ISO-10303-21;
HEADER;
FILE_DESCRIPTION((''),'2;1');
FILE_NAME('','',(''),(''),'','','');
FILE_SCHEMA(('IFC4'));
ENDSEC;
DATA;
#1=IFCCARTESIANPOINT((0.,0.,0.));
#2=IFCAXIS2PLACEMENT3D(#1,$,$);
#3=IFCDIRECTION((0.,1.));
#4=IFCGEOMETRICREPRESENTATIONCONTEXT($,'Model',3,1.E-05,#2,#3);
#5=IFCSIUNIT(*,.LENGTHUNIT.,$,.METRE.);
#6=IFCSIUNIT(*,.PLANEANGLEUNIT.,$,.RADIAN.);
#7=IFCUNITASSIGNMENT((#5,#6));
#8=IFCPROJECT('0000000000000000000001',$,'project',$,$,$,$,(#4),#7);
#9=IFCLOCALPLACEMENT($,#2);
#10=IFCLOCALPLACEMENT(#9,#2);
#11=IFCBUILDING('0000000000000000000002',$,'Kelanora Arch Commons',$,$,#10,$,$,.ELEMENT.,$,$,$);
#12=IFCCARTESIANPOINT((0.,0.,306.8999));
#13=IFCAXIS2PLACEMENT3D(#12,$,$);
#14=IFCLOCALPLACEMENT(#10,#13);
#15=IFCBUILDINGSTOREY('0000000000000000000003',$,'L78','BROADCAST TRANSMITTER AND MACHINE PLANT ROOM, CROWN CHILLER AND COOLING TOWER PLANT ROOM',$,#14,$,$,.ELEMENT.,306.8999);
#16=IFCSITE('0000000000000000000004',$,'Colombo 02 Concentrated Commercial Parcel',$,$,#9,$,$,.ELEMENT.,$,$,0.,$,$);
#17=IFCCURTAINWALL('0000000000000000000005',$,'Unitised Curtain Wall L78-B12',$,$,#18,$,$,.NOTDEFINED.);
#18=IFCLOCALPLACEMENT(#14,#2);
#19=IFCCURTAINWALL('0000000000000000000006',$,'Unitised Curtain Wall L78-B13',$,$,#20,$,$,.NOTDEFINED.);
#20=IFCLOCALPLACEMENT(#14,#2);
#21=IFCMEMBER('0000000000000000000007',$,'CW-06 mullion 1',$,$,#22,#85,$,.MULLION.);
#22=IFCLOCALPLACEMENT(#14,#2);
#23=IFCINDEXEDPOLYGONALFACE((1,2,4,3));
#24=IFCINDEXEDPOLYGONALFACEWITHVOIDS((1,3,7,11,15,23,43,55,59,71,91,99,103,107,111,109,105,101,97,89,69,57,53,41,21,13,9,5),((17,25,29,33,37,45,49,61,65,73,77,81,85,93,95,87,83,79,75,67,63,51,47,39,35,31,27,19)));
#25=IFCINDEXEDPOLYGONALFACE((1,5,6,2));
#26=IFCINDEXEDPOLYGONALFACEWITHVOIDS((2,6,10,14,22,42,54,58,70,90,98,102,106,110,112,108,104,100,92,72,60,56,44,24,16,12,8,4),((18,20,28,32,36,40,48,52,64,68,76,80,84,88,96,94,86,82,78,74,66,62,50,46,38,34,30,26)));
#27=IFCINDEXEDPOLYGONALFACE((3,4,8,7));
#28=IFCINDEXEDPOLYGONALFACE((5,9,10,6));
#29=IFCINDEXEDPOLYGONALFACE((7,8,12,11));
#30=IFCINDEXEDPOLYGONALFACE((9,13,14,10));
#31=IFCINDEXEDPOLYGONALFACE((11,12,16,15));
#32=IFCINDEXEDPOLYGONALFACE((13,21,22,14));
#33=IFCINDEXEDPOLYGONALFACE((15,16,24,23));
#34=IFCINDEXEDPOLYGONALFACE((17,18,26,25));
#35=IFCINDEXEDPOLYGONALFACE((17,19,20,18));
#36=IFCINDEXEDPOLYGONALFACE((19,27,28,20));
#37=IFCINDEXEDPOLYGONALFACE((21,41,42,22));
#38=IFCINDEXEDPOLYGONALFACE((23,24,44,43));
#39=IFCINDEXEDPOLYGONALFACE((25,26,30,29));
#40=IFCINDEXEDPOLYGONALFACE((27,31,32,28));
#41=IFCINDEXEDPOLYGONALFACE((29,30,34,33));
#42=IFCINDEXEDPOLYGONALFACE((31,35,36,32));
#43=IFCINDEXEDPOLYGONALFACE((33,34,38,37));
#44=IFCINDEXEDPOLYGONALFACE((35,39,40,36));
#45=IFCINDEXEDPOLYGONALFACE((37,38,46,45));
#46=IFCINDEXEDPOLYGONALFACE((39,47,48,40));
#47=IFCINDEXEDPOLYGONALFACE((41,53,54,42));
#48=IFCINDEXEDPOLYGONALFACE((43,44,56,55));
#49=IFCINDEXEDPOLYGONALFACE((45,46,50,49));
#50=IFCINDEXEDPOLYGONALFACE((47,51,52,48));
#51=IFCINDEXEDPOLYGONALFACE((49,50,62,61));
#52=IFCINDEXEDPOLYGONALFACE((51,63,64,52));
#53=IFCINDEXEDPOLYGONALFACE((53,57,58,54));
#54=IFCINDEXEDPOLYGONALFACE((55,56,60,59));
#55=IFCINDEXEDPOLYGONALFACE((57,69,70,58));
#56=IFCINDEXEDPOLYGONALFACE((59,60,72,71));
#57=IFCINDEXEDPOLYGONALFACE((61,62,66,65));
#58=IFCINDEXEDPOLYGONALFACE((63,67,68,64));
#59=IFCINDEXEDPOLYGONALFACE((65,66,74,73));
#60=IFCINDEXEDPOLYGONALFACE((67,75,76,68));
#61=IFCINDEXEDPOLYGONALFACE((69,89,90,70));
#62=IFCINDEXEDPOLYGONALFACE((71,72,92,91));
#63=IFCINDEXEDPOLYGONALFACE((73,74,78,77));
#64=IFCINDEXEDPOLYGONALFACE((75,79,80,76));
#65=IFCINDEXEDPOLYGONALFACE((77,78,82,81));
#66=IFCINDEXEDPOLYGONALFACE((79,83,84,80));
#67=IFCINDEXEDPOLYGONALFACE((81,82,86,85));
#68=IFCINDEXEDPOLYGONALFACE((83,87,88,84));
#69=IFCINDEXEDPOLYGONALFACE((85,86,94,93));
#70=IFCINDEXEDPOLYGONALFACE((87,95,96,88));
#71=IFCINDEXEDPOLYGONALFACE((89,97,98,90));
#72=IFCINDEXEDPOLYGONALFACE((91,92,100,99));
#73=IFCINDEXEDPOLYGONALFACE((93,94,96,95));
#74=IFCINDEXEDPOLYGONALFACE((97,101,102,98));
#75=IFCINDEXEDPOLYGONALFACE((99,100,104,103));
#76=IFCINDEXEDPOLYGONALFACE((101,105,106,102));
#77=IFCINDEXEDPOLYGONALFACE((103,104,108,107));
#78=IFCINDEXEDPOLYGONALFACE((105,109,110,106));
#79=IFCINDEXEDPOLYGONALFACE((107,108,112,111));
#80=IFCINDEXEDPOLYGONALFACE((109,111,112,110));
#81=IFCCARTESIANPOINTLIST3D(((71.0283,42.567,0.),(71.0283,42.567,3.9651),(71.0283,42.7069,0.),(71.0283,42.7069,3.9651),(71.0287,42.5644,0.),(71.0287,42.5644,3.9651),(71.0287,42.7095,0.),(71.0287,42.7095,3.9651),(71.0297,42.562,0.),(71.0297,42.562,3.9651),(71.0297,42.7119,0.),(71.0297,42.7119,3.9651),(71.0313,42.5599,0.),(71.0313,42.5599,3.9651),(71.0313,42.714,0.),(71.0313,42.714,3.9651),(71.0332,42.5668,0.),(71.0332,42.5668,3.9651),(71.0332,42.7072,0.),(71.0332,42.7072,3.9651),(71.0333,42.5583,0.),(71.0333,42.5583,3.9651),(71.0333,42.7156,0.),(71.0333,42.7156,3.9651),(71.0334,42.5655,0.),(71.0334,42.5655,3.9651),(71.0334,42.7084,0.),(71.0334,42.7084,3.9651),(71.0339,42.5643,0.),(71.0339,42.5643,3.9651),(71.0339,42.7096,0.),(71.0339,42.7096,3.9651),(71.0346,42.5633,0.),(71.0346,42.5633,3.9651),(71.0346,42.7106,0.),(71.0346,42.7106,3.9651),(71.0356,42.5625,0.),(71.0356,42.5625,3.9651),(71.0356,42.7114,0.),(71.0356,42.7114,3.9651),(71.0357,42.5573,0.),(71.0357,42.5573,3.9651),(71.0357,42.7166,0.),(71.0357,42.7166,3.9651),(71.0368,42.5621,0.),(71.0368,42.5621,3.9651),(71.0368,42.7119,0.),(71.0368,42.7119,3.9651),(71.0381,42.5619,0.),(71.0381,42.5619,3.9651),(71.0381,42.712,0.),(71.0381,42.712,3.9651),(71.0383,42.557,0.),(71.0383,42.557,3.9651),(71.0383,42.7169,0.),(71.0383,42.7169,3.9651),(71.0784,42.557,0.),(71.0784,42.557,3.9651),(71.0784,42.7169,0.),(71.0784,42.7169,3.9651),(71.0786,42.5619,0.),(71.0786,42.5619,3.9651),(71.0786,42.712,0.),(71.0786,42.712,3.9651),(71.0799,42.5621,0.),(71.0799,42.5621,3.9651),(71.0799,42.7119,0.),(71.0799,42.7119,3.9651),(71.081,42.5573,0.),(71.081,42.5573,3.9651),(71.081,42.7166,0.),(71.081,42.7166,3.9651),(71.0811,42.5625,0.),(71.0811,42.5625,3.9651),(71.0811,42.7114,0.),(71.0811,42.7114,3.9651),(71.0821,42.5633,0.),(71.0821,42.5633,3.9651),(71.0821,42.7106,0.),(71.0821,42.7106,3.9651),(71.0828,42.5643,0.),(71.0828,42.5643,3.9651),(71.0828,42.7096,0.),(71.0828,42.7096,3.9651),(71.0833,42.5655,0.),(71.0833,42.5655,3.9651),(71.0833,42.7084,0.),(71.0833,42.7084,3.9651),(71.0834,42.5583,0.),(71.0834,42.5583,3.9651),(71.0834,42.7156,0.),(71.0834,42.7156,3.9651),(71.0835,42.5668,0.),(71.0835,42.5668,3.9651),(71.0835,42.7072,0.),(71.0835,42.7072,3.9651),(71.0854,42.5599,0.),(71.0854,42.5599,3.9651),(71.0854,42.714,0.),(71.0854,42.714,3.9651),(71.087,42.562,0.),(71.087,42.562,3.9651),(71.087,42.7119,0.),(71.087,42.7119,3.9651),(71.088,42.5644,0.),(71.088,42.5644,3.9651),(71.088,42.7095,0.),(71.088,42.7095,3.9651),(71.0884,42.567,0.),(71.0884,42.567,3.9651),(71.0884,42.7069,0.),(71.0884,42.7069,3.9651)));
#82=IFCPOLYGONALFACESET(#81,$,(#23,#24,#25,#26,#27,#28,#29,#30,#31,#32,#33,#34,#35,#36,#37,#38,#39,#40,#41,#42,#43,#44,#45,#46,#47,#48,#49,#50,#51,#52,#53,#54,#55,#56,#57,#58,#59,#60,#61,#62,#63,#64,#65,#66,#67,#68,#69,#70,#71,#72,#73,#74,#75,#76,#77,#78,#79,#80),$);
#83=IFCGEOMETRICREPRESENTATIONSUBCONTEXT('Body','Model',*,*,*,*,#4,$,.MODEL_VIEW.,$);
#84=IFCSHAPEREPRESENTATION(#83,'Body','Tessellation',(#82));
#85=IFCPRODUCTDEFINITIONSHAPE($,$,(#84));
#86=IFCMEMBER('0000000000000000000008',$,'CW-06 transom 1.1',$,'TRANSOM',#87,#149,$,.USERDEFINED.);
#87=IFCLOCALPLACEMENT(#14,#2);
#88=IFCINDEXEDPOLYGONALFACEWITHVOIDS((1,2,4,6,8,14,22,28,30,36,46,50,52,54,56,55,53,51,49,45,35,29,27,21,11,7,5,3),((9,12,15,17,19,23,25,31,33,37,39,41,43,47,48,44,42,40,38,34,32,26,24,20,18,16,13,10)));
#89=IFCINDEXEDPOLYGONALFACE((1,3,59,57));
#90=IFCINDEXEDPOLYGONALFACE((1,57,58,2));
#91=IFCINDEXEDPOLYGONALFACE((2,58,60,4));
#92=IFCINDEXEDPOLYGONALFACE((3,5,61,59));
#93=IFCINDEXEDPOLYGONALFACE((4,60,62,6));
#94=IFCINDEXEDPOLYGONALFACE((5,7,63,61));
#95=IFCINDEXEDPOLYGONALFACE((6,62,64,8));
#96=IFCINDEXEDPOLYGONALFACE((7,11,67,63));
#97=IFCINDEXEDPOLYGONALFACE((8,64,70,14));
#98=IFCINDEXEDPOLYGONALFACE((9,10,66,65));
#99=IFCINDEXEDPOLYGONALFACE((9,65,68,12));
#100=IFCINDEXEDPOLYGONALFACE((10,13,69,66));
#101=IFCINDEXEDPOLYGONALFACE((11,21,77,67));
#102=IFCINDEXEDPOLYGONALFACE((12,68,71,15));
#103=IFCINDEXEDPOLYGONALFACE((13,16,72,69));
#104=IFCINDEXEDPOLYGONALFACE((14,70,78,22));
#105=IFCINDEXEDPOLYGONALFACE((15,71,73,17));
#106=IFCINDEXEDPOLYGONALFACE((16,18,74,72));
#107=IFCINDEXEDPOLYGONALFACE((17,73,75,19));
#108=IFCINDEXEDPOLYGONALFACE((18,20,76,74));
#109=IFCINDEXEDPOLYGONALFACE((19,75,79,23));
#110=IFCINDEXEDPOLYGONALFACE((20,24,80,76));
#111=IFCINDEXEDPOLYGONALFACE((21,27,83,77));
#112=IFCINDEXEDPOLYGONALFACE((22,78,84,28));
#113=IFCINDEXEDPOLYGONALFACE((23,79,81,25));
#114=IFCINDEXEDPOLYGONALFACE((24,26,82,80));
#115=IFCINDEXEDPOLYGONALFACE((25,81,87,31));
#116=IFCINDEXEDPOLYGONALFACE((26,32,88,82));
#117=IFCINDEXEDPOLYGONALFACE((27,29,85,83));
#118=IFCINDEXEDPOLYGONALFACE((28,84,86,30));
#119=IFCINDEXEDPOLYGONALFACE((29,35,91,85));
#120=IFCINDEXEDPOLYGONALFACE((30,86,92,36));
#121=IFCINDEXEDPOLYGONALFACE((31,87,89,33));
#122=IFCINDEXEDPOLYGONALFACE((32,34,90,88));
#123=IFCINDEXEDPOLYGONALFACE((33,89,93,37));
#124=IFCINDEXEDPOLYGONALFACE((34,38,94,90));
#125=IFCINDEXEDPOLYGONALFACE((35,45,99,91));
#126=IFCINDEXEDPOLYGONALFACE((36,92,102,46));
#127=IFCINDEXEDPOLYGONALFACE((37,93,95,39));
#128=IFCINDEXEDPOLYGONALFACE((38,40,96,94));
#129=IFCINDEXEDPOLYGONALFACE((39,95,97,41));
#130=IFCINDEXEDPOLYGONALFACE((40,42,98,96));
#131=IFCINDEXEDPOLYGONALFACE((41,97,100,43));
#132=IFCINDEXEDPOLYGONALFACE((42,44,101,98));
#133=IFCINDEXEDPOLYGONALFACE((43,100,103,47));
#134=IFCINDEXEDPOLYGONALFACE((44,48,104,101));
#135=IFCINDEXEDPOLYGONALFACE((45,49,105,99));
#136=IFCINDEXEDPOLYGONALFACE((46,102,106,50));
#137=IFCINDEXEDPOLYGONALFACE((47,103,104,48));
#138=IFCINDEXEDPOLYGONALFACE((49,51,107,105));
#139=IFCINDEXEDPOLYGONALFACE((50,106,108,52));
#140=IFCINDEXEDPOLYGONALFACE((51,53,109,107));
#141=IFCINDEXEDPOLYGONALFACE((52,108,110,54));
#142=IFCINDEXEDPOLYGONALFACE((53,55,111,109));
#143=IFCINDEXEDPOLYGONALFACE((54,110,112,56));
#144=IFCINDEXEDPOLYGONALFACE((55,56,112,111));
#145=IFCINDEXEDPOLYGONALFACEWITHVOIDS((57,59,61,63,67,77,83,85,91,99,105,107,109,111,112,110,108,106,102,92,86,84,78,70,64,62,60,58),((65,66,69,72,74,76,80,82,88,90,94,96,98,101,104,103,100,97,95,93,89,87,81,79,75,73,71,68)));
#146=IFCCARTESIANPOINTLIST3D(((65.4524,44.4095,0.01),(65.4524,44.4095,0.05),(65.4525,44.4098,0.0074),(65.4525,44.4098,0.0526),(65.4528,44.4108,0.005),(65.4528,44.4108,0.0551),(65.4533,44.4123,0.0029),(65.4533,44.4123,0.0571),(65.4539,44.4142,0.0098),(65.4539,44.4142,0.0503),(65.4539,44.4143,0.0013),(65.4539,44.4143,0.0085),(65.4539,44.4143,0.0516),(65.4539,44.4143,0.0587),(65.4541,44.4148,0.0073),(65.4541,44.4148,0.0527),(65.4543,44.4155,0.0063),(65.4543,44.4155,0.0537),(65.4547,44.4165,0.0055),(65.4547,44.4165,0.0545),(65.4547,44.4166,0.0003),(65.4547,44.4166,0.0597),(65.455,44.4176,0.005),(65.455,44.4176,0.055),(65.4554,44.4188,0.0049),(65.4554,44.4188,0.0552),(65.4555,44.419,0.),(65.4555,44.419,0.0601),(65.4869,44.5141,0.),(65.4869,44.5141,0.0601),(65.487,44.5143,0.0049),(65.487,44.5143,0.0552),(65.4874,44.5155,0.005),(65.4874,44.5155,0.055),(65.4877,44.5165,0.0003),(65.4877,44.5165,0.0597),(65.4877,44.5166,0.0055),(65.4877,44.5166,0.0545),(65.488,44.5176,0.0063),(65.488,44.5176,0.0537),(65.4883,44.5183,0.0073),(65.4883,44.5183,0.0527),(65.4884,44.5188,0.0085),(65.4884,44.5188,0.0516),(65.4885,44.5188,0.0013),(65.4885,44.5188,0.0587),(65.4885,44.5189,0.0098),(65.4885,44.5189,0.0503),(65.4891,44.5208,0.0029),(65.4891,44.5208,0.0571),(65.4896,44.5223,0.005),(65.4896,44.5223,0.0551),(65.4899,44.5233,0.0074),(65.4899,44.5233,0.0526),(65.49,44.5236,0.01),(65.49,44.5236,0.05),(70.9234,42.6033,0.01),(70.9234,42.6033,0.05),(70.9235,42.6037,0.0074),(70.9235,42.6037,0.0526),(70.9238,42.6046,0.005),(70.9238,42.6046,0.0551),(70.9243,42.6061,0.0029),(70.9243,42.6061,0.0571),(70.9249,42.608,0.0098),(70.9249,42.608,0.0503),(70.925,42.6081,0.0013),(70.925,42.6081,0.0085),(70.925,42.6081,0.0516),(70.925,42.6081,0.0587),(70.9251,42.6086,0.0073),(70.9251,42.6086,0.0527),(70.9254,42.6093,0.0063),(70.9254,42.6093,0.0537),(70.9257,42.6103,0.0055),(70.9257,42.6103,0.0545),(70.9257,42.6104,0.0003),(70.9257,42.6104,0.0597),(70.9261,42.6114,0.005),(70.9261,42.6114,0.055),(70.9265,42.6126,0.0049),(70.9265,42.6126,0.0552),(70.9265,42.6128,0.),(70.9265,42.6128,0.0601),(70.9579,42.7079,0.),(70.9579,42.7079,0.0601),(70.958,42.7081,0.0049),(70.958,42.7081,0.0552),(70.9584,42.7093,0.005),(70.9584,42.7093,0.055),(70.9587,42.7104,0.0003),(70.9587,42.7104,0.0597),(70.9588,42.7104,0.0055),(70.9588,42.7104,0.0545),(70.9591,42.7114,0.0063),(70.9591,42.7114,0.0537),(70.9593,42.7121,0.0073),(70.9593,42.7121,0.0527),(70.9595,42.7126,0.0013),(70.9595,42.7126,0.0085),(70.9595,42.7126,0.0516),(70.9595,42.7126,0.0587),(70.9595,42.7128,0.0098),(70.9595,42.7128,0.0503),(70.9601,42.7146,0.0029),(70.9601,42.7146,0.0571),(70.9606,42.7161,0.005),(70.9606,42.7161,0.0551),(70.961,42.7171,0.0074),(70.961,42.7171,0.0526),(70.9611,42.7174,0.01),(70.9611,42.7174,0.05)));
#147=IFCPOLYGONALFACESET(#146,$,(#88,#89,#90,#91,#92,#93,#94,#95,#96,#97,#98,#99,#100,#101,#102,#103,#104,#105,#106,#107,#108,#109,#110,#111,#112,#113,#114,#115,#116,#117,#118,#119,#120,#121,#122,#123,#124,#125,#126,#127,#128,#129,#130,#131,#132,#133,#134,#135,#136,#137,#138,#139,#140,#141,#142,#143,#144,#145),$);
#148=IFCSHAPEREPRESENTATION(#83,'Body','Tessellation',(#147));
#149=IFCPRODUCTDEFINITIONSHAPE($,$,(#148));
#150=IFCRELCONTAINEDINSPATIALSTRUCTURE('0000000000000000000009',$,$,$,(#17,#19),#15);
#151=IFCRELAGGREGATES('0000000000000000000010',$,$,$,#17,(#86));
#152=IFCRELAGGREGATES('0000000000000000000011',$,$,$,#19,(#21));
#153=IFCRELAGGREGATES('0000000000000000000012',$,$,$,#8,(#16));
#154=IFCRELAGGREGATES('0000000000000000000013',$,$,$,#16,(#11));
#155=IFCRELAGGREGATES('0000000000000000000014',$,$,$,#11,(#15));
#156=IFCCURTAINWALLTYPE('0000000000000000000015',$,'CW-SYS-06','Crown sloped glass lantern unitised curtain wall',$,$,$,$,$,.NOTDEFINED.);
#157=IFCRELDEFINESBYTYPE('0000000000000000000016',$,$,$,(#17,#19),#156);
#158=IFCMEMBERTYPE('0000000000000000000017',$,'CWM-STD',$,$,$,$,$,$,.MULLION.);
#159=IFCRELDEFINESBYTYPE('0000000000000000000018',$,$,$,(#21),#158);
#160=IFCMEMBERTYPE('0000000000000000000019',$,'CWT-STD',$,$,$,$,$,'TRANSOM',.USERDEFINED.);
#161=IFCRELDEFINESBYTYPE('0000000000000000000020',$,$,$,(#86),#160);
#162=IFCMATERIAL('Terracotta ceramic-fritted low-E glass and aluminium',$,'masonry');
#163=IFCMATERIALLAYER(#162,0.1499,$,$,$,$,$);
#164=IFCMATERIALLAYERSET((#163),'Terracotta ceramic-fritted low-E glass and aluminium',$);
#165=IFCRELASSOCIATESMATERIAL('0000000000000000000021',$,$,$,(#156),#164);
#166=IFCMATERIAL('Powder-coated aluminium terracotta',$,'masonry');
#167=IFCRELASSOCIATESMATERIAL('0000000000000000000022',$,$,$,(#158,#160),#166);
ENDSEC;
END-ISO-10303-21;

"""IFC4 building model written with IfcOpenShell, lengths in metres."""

from ifc_helpers import new_model, si_unit, direction, frame, origin, origin_2d, place, context, subcontext, project, spatial, hollow_rectangle, extrude, material, layer, layer_set, material_profile, profile_set, type_object, element, aggregate, save


model = new_model("IFC4")

# Units and contexts
model_context = context("Model", 3, precision=1e-05, world=origin(), true_north=direction((0.0, 1.0)))
body_context = subcontext(model_context, "Body", "Model", "MODEL_VIEW")
ifc_project = project(units=[si_unit("LENGTHUNIT", "METRE"), si_unit("PLANEANGLEUNIT", "RADIAN")], contexts=[model_context])

# Site, building, storey
site_placement = place(None, origin())
site = spatial("IfcSite", under=ifc_project, at=site_placement, Name="Colombo 02 Concentrated Commercial Parcel", CompositionType="ELEMENT", RefElevation=0.0)
building_placement = place(site_placement, origin())
building = spatial("IfcBuilding", under=site, at=building_placement, Name="Kelanora Arch Commons", CompositionType="ELEMENT")
storey_placement = place(building_placement, frame((0.0, 0.0, 306.8999)))
storey = spatial("IfcBuildingStorey", under=building, at=storey_placement, Name="L78", Description="BROADCAST TRANSMITTER AND MACHINE PLANT ROOM, CROWN CHILLER AND COOLING TOWER PLANT ROOM", CompositionType="ELEMENT", Elevation=306.8999)

# Curtain wall
ifc_material_1 = material(Name="Terracotta ceramic-fritted low-E glass and aluminium", Category="masonry")
ifc_layer_1 = layer(ifc_material_1, 0.1499)
ifc_layer_set_1 = layer_set([ifc_layer_1], Name="Terracotta ceramic-fritted low-E glass and aluminium")
curtain_wall_type = type_object("IfcCurtainWallType", Name="CW-SYS-06", Description="Crown sloped glass lantern unitised curtain wall", PredefinedType="NOTDEFINED", material=ifc_layer_set_1)
curtain_wall_1_placement = place(storey_placement, origin())
curtain_wall_1 = element("IfcCurtainWall", 1, at=curtain_wall_1_placement, inside=storey, type_object=curtain_wall_type, Name="Unitised Curtain Wall L78-B12", PredefinedType="NOTDEFINED")
ifc_material_2 = material(Name="Powder-coated aluminium terracotta", Category="masonry")
ifc_material_profile_1 = material_profile(ifc_material_2, hollow_rectangle(XDim=0.1599, YDim=0.0601, WallThickness=0.0049, InnerFilletRadius=0.0049, OuterFilletRadius=0.01, at=origin_2d()), Name="CWM160x60")
ifc_profile_set_1 = profile_set([ifc_material_profile_1], Name="Powder-coated aluminium terracotta")
member_type_1 = type_object("IfcMemberType", Name="CWM-STD", PredefinedType="MULLION", material=ifc_profile_set_1)

# Curtain wall, member
curtain_wall_2_placement = place(storey_placement, origin())
curtain_wall_2 = element("IfcCurtainWall", 2, at=curtain_wall_2_placement, inside=storey, type_object=curtain_wall_type, Name="Unitised Curtain Wall L78-B13", PredefinedType="NOTDEFINED")
member_1_placement = place(storey_placement, frame((71.0583, 42.637, 0.0), z_axis=(0.0, 0.0, 1.0), x_axis=(0.0, 1.0, 0.0)))
member_1 = element("IfcMember", 3, at=member_1_placement, type_object=member_type_1, Name="CW-06 mullion 1", PredefinedType="MULLION", context=body_context, shape_type="SweptSolid", body=[
    extrude(hollow_rectangle(XDim=0.1599, YDim=0.0601, WallThickness=0.0049, InnerFilletRadius=0.0049, OuterFilletRadius=0.01, at=origin_2d()), origin(), (0.0, 0.0, 1.0), 3.9651),
])

# Member
ifc_material_profile_2 = material_profile(ifc_material_2, hollow_rectangle(XDim=0.1201, YDim=0.0601, WallThickness=0.0049, InnerFilletRadius=0.0049, OuterFilletRadius=0.01, at=origin_2d()), Name="CWT120x60")
ifc_profile_set_2 = profile_set([ifc_material_profile_2], Name="Powder-coated aluminium terracotta")
member_type_2 = type_object("IfcMemberType", Name="CWT-STD", ElementType="TRANSOM", PredefinedType="USERDEFINED", material=ifc_profile_set_2)
member_2_placement = place(storey_placement, frame((65.4712, 44.4666, 0.03), z_axis=(0.94959, -0.313493, 0.0), x_axis=(0.313493, 0.94959, 0.0)))
member_2 = element("IfcMember", 4, at=member_2_placement, type_object=member_type_2, Name="CW-06 transom 1.1", ObjectType="TRANSOM", PredefinedType="USERDEFINED", context=body_context, shape_type="SweptSolid", body=[
    extrude(hollow_rectangle(XDim=0.1201, YDim=0.0601, WallThickness=0.0049, InnerFilletRadius=0.0049, OuterFilletRadius=0.01, at=origin_2d()), origin(), (0.0, 0.0, 1.0), 5.7615),
])

aggregate(curtain_wall_1, [member_2])
aggregate(curtain_wall_2, [member_1])

save(model, "model.ifc")
